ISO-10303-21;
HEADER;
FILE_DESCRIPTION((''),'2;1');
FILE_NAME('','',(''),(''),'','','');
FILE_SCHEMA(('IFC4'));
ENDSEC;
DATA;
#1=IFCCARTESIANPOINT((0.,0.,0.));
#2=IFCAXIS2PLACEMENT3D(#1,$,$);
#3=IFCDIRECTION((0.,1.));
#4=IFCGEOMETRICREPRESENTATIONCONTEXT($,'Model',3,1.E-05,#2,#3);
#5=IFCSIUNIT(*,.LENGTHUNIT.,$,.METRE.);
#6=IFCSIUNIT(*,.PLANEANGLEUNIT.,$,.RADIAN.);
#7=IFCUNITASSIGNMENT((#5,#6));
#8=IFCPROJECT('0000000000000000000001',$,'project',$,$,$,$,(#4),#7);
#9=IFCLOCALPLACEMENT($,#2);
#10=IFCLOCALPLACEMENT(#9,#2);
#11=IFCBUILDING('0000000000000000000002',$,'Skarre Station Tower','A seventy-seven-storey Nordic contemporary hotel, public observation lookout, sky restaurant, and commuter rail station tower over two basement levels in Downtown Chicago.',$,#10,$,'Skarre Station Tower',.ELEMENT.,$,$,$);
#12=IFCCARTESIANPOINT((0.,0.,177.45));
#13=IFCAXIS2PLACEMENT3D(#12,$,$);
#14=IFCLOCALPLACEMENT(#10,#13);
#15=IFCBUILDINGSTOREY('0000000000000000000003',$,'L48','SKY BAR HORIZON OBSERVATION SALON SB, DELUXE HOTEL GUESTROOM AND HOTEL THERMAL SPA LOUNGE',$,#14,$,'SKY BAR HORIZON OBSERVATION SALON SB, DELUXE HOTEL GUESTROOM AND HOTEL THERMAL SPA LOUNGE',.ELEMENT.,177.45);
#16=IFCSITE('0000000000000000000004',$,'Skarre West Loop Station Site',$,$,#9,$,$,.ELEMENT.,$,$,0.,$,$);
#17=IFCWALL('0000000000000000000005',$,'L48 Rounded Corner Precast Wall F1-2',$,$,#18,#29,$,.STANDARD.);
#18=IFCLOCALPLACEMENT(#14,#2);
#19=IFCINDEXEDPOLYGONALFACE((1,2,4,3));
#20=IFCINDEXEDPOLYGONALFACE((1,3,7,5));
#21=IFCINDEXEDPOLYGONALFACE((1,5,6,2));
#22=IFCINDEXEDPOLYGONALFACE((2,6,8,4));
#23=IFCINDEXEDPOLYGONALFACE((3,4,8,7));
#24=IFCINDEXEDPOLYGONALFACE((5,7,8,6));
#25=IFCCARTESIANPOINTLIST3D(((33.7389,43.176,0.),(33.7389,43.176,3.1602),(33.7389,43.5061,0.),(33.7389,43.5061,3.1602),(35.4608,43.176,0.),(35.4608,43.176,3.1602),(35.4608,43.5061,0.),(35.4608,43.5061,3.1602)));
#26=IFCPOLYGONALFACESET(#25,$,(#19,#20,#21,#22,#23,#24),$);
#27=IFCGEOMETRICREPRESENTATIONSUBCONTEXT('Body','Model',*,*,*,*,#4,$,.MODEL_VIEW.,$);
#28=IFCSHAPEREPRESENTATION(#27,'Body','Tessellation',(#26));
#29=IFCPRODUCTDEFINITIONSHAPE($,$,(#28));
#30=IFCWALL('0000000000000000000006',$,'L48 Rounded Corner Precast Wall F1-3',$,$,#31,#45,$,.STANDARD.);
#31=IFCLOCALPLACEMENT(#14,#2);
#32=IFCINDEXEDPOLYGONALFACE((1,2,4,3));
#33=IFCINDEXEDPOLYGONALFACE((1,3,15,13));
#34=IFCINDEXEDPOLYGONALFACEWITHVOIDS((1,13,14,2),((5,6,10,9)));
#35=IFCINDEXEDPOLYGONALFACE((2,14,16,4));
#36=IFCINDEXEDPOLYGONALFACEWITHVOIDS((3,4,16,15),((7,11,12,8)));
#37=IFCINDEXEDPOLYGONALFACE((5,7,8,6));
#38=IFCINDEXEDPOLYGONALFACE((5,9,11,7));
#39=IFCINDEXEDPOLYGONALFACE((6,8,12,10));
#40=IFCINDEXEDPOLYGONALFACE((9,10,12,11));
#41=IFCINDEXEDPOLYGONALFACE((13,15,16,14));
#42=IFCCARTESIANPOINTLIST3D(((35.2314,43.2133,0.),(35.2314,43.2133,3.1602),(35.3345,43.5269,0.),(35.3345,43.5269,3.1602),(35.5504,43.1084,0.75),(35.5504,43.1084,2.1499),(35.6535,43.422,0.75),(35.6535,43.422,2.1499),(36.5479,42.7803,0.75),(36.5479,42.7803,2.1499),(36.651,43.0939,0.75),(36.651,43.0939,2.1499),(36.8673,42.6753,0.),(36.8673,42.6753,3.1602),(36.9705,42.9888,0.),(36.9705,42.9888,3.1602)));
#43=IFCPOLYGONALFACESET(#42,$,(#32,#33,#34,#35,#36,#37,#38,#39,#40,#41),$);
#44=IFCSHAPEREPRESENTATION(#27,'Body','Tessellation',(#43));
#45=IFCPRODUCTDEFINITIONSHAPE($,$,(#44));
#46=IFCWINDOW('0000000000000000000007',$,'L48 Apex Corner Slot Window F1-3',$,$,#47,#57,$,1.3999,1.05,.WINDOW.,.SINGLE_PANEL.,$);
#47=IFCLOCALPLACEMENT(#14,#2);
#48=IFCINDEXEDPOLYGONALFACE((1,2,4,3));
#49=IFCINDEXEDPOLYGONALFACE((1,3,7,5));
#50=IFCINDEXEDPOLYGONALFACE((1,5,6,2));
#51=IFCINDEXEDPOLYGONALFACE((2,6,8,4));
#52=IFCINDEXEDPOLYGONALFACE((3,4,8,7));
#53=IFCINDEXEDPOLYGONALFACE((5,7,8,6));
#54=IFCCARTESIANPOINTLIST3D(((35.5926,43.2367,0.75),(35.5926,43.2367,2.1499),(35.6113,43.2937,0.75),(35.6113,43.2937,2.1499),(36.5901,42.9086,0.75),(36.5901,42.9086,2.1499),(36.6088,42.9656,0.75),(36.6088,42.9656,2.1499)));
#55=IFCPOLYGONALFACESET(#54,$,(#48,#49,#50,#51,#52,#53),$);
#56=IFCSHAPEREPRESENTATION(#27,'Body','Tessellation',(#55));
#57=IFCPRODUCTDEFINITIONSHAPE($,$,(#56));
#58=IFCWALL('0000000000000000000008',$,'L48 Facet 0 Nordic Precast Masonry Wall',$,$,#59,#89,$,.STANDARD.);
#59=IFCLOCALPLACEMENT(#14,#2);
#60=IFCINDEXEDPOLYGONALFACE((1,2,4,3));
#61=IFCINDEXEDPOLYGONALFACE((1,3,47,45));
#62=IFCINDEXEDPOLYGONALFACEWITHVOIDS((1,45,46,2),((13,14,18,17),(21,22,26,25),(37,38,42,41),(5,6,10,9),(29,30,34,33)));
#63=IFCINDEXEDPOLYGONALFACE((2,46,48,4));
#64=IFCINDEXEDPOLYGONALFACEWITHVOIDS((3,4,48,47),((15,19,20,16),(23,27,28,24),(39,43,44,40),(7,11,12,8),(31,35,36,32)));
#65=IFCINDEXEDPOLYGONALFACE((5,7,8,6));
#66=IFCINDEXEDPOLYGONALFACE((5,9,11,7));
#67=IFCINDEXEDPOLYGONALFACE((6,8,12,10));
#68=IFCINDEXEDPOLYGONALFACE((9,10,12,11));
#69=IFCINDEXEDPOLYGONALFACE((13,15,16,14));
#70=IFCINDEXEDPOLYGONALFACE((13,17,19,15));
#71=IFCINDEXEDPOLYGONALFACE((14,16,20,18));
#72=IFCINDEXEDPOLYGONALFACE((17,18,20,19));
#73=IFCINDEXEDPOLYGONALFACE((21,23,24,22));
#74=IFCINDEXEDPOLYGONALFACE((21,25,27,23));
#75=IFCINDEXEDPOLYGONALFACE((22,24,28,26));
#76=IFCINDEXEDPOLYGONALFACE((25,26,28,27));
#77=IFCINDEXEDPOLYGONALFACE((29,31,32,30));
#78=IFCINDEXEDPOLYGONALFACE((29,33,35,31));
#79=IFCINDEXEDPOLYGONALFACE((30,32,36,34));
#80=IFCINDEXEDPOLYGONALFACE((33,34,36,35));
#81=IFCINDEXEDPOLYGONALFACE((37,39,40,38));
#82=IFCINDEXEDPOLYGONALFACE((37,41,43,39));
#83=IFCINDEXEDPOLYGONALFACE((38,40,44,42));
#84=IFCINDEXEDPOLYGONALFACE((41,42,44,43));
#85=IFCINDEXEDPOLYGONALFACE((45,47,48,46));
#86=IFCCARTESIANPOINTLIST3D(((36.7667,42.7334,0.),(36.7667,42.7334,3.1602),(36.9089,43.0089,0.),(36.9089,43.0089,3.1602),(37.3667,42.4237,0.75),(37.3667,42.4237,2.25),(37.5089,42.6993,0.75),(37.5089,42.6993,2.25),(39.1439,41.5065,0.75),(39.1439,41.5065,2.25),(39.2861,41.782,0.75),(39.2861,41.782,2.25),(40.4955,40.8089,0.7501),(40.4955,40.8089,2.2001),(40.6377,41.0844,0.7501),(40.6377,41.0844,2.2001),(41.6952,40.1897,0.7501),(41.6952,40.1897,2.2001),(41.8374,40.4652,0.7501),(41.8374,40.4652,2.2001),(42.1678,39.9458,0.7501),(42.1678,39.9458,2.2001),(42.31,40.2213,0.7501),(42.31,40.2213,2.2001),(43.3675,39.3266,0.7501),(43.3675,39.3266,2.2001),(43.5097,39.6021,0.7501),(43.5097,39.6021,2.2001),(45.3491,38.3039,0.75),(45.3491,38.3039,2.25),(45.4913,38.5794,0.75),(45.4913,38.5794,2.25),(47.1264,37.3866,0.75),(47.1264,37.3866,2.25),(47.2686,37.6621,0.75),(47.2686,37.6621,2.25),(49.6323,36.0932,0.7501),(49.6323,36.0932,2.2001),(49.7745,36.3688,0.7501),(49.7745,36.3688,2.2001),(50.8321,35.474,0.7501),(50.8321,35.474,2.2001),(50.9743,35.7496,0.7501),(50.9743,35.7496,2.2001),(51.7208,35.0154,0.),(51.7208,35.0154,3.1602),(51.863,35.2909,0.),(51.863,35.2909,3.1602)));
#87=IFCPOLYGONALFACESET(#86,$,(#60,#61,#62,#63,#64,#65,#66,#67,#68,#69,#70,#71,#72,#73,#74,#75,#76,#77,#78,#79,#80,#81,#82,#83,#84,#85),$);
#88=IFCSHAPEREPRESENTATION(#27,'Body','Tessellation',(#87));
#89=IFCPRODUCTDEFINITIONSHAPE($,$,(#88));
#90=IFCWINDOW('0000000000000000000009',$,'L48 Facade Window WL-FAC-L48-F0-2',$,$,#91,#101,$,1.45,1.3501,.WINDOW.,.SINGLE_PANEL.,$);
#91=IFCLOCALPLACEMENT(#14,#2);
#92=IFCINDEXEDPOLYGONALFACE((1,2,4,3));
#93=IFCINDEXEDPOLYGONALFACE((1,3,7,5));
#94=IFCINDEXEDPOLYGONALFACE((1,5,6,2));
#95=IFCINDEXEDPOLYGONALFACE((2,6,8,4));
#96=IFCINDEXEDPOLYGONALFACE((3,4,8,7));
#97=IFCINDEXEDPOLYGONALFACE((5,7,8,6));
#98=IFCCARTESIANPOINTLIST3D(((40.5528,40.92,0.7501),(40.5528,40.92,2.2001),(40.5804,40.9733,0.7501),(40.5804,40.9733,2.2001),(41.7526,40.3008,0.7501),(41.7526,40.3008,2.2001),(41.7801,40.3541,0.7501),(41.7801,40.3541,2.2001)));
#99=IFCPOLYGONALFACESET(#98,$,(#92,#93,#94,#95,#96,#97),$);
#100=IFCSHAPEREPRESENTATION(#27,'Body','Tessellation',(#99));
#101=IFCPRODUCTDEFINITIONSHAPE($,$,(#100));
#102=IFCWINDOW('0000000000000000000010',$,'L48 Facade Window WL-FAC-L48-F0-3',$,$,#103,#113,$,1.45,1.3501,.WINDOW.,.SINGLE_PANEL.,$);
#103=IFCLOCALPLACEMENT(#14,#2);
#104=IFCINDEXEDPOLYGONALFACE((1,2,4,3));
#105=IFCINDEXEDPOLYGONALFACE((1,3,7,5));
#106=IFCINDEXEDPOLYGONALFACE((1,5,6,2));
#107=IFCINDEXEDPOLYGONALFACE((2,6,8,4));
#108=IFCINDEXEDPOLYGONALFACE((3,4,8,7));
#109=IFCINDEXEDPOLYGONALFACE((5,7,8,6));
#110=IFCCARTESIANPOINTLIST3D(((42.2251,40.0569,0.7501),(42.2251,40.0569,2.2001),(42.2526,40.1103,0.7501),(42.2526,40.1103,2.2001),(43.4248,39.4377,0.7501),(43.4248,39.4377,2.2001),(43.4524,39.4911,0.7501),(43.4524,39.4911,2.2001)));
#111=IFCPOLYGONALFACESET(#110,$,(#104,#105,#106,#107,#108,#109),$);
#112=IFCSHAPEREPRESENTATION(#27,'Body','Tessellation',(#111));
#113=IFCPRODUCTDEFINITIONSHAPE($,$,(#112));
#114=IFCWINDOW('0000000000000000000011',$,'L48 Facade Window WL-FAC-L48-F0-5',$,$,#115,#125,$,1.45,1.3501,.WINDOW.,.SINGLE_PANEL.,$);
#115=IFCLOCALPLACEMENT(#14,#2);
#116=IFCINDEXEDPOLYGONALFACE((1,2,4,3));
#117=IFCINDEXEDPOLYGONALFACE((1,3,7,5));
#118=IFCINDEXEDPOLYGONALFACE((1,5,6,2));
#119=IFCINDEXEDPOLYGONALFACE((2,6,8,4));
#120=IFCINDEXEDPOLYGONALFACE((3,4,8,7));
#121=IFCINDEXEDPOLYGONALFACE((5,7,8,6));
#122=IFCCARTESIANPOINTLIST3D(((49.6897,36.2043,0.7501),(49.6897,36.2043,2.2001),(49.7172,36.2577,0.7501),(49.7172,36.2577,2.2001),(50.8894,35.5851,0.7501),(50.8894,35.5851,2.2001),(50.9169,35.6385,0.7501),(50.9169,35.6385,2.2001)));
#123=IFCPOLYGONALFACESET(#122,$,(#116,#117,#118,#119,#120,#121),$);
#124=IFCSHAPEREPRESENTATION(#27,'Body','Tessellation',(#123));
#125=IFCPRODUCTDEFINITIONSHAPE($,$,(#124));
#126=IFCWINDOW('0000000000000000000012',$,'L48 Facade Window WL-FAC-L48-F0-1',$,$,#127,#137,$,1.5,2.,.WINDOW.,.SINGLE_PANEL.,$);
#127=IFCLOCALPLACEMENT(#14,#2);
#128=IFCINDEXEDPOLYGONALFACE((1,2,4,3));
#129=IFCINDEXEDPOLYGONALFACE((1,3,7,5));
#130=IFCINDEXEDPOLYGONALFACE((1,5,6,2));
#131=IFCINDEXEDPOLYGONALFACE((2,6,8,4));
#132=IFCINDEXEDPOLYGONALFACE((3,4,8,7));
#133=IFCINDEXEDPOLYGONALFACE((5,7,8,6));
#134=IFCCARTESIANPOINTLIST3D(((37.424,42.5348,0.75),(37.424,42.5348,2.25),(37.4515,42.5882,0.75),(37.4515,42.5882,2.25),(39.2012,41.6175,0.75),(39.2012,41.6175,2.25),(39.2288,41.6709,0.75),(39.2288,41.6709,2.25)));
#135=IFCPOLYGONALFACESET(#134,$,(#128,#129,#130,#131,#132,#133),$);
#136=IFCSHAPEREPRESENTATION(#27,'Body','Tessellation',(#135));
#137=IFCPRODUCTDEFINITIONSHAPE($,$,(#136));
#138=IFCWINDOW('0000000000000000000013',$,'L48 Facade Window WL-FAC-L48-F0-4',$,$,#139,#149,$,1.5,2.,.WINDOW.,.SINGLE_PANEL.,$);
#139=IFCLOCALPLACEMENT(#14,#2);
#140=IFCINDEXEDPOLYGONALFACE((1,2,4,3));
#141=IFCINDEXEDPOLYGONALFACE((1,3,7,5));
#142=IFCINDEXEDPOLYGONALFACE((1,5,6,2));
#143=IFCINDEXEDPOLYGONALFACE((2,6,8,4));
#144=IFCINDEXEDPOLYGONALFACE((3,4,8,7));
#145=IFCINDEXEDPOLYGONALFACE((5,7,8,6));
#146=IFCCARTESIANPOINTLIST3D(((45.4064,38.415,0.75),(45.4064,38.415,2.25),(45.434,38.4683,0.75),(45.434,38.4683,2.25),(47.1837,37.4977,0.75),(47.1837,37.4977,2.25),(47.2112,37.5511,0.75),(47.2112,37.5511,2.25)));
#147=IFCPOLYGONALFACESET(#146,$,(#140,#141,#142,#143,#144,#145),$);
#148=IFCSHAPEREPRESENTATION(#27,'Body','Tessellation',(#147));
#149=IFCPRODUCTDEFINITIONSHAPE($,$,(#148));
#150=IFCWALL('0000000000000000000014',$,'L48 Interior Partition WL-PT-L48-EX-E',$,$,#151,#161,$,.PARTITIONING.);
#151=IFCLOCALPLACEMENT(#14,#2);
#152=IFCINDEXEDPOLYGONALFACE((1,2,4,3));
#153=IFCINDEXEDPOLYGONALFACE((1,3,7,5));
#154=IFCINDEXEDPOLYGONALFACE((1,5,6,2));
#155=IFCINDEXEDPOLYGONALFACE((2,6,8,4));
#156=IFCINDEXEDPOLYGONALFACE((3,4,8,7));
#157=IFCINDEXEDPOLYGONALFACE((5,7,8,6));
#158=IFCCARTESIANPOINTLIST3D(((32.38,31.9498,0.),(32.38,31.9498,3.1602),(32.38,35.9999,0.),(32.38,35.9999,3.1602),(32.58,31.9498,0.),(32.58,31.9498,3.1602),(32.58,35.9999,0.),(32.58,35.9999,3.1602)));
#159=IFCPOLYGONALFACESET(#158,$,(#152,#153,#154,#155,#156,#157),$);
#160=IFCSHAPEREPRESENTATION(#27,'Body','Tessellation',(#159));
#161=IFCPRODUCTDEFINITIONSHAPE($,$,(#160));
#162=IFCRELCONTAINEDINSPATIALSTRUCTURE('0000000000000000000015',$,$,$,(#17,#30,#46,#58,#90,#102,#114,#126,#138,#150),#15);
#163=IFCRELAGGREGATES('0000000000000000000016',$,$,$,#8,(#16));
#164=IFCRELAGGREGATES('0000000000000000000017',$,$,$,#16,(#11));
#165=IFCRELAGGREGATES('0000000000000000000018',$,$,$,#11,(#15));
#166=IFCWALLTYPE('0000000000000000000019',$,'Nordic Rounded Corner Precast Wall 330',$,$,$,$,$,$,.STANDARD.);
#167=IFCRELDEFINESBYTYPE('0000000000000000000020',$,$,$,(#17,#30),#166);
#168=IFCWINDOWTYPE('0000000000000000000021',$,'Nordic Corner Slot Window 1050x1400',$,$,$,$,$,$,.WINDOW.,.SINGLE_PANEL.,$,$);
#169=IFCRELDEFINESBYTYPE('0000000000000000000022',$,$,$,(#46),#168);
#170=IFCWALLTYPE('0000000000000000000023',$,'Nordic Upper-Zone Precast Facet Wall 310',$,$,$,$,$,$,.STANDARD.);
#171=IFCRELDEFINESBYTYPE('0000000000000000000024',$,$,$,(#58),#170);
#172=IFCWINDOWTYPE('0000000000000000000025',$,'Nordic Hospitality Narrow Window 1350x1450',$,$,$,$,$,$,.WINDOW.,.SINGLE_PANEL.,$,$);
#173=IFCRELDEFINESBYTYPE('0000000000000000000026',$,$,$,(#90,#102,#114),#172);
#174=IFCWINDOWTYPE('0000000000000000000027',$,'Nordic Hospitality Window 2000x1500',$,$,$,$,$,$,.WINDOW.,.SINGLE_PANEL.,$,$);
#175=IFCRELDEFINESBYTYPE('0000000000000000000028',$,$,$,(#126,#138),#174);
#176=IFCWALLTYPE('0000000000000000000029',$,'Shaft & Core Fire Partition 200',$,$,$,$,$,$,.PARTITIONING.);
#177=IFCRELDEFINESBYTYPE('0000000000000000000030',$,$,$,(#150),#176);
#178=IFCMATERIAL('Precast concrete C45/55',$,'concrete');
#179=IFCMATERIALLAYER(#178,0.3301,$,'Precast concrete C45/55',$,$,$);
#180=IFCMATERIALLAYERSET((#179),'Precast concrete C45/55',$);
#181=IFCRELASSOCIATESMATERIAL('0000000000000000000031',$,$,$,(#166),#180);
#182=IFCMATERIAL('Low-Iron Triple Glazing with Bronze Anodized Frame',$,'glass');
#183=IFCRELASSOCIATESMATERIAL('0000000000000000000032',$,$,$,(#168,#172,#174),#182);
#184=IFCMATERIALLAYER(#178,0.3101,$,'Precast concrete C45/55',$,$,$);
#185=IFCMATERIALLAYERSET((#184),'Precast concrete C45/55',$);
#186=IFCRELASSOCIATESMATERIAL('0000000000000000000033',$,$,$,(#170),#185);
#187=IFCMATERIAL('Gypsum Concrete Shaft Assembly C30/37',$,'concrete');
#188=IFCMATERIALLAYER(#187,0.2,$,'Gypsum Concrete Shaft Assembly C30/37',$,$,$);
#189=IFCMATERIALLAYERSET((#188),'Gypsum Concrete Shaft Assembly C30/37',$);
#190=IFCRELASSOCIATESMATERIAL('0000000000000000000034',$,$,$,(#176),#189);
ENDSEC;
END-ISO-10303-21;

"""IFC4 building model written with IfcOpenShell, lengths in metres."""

from ifc_helpers import new_model, si_unit, direction, frame, frame_2d, origin, place, context, subcontext, project, spatial, rectangle, extrude, material, layer, layer_set, type_object, element, fill, save


model = new_model("IFC4")

# Units and contexts
model_context = context("Model", 3, precision=1e-05, world=origin(), true_north=direction((0.0, 1.0)))
body_context = subcontext(model_context, "Body", "Model", "MODEL_VIEW")
ifc_project = project(units=[si_unit("LENGTHUNIT", "METRE"), si_unit("PLANEANGLEUNIT", "RADIAN")], contexts=[model_context])

# Site, building, storey
site_placement = place(None, origin())
site = spatial("IfcSite", under=ifc_project, at=site_placement, Name="Skarre West Loop Station Site", CompositionType="ELEMENT", RefElevation=0.0)
building_placement = place(site_placement, origin())
building = spatial("IfcBuilding", under=site, at=building_placement, Name="Skarre Station Tower", Description="A seventy-seven-storey Nordic contemporary hotel, public observation lookout, sky restaurant, and commuter rail station tower over two basement levels in Downtown Chicago.", LongName="Skarre Station Tower", CompositionType="ELEMENT")
storey_placement = place(building_placement, frame((0.0, 0.0, 177.45)))
storey = spatial("IfcBuildingStorey", under=building, at=storey_placement, Name="L48", Description="SKY BAR HORIZON OBSERVATION SALON SB, DELUXE HOTEL GUESTROOM AND HOTEL THERMAL SPA LOUNGE", LongName="SKY BAR HORIZON OBSERVATION SALON SB, DELUXE HOTEL GUESTROOM AND HOTEL THERMAL SPA LOUNGE", CompositionType="ELEMENT", Elevation=177.45)

# Wall
ifc_material_1 = material(Name="Precast concrete C45/55", Category="concrete")
ifc_layer_1 = layer(ifc_material_1, 0.3301, Name="Precast concrete C45/55")
ifc_layer_set_1 = layer_set([ifc_layer_1], Name="Precast concrete C45/55")
wall_type_1 = type_object("IfcWallType", Name="Nordic Rounded Corner Precast Wall 330", PredefinedType="STANDARD", material=ifc_layer_set_1)
wall_1_placement = place(storey_placement, frame((33.739, 43.3411, 0.0), z_axis=(0.0, 0.0, 1.0), x_axis=(1.0, 0.0, 0.0)))
element("IfcWall", 1, at=wall_1_placement, inside=storey, type_object=wall_type_1, Name="L48 Rounded Corner Precast Wall F1-2", PredefinedType="STANDARD", context=body_context, shape_type="SweptSolid", body=[
    extrude(rectangle(XDim=1.7219, YDim=0.3301, at=frame_2d((0.8608, 0.0))), origin(), (0.0, 0.0, 1.0), 3.1602),
])

# Wall, opening, window
wall_2_placement = place(storey_placement, frame((35.283, 43.3701, 0.0), z_axis=(0.0, 0.0, 1.0), x_axis=(0.949937, -0.31244, 0.0)))
wall_2 = element("IfcWall", 2, at=wall_2_placement, inside=storey, type_object=wall_type_1, Name="L48 Rounded Corner Precast Wall F1-3", PredefinedType="STANDARD", context=body_context, shape_type="SweptSolid", body=[
    extrude(rectangle(XDim=1.7222, YDim=0.3301, at=frame_2d((0.8611, 0.0))), origin(), (0.0, 0.0, 1.0), 3.1602),
])
opening_1_placement = place(wall_2_placement, frame((0.3359, 0.0, 0.75)))
opening_1 = element("IfcOpeningElement", 3, at=opening_1_placement, cuts=wall_2, PredefinedType="OPENING", context=body_context, shape_type="SweptSolid", body=[
    extrude(rectangle(XDim=1.05, YDim=1.3999, at=frame_2d((0.5249, 0.7))), frame((0.0, 0.175, 0.0), z_axis=(0.0, -1.0, 0.0), x_axis=(1.0, 0.0, 0.0)), (0.0, 0.0, 1.0), 0.3501),
])
ifc_material_2 = material(Name="Low-Iron Triple Glazing with Bronze Anodized Frame", Category="glass")
window_type_1 = type_object("IfcWindowType", Name="Nordic Corner Slot Window 1050x1400", PartitioningType="SINGLE_PANEL", PredefinedType="WINDOW", material=ifc_material_2)
window_1_placement = place(opening_1_placement, origin())
window_1 = element("IfcWindow", 4, at=window_1_placement, inside=storey, type_object=window_type_1, Name="L48 Apex Corner Slot Window F1-3", OverallHeight=1.3999, OverallWidth=1.05, PartitioningType="SINGLE_PANEL", PredefinedType="WINDOW", context=body_context, shape_type="SweptSolid", body=[
    extrude(rectangle(XDim=1.05, YDim=1.3999, at=frame_2d((0.5249, 0.7))), frame((0.0, 0.03, 0.0), z_axis=(0.0, -1.0, 0.0), x_axis=(1.0, 0.0, 0.0)), (0.0, 0.0, 1.0), 0.0601),
])
fill(opening_1, window_1)

# Wall, openings, windows
ifc_layer_2 = layer(ifc_material_1, 0.3101, Name="Precast concrete C45/55")
ifc_layer_set_2 = layer_set([ifc_layer_2], Name="Precast concrete C45/55")
wall_type_2 = type_object("IfcWallType", Name="Nordic Upper-Zone Precast Facet Wall 310", PredefinedType="STANDARD", material=ifc_layer_set_2)
wall_3_placement = place(storey_placement, frame((36.8379, 42.8711, 0.0), z_axis=(0.0, 0.0, 1.0), x_axis=(0.888626, -0.458632, 0.0)))
wall_3 = element("IfcWall", 5, at=wall_3_placement, inside=storey, type_object=wall_type_2, Name="L48 Facet 0 Nordic Precast Masonry Wall", PredefinedType="STANDARD", context=body_context, shape_type="SweptSolid", body=[
    extrude(rectangle(XDim=16.8284, YDim=0.3101, at=frame_2d((8.4141, 0.0))), origin(), (0.0, 0.0, 1.0), 3.1602),
])
opening_2_placement = place(wall_3_placement, frame((0.675, 0.0, 0.75)))
opening_2 = element("IfcOpeningElement", 6, at=opening_2_placement, cuts=wall_3, PredefinedType="OPENING", context=body_context, shape_type="SweptSolid", body=[
    extrude(rectangle(XDim=2.0, YDim=1.5, at=frame_2d((1.0, 0.75))), frame((0.0, 0.165, 0.0), z_axis=(0.0, -1.0, 0.0), x_axis=(1.0, 0.0, 0.0)), (0.0, 0.0, 1.0), 0.3301),
])
opening_3_placement = place(wall_3_placement, frame((4.196, 0.0, 0.75)))
opening_3 = element("IfcOpeningElement", 7, at=opening_3_placement, cuts=wall_3, PredefinedType="OPENING", context=body_context, shape_type="SweptSolid", body=[
    extrude(rectangle(XDim=1.3501, YDim=1.45, at=frame_2d((0.675, 0.7251))), frame((0.0, 0.165, 0.0), z_axis=(0.0, -1.0, 0.0), x_axis=(1.0, 0.0, 0.0)), (0.0, 0.0, 1.0), 0.3301),
])
opening_4_placement = place(wall_3_placement, frame((6.0779, 0.0, 0.75)))
opening_4 = element("IfcOpeningElement", 8, at=opening_4_placement, cuts=wall_3, PredefinedType="OPENING", context=body_context, shape_type="SweptSolid", body=[
    extrude(rectangle(XDim=1.3501, YDim=1.45, at=frame_2d((0.675, 0.7251))), frame((0.0, 0.165, 0.0), z_axis=(0.0, -1.0, 0.0), x_axis=(1.0, 0.0, 0.0)), (0.0, 0.0, 1.0), 0.3301),
])
opening_5_placement = place(wall_3_placement, frame((9.658, 0.0, 0.75)))
opening_5 = element("IfcOpeningElement", 9, at=opening_5_placement, cuts=wall_3, PredefinedType="OPENING", context=body_context, shape_type="SweptSolid", body=[
    extrude(rectangle(XDim=2.0, YDim=1.5, at=frame_2d((1.0, 0.75))), frame((0.0, 0.165, 0.0), z_axis=(0.0, -1.0, 0.0), x_axis=(1.0, 0.0, 0.0)), (0.0, 0.0, 1.0), 0.3301),
])
opening_6_placement = place(wall_3_placement, frame((14.478, 0.0, 0.75)))
opening_6 = element("IfcOpeningElement", 10, at=opening_6_placement, cuts=wall_3, PredefinedType="OPENING", context=body_context, shape_type="SweptSolid", body=[
    extrude(rectangle(XDim=1.3501, YDim=1.45, at=frame_2d((0.675, 0.7251))), frame((0.0, 0.165, 0.0), z_axis=(0.0, -1.0, 0.0), x_axis=(1.0, 0.0, 0.0)), (0.0, 0.0, 1.0), 0.3301),
])
window_type_2 = type_object("IfcWindowType", Name="Nordic Hospitality Narrow Window 1350x1450", PartitioningType="SINGLE_PANEL", PredefinedType="WINDOW", material=ifc_material_2)
window_2_placement = place(opening_3_placement, origin())
window_2 = element("IfcWindow", 11, at=window_2_placement, inside=storey, type_object=window_type_2, Name="L48 Facade Window WL-FAC-L48-F0-2", OverallHeight=1.45, OverallWidth=1.3501, PartitioningType="SINGLE_PANEL", PredefinedType="WINDOW", context=body_context, shape_type="SweptSolid", body=[
    extrude(rectangle(XDim=1.3501, YDim=1.45, at=frame_2d((0.675, 0.7251))), frame((0.0, 0.03, 0.0), z_axis=(0.0, -1.0, 0.0), x_axis=(1.0, 0.0, 0.0)), (0.0, 0.0, 1.0), 0.0601),
])
fill(opening_3, window_2)
window_3_placement = place(opening_4_placement, origin())
window_3 = element("IfcWindow", 12, at=window_3_placement, inside=storey, type_object=window_type_2, Name="L48 Facade Window WL-FAC-L48-F0-3", OverallHeight=1.45, OverallWidth=1.3501, PartitioningType="SINGLE_PANEL", PredefinedType="WINDOW", context=body_context, shape_type="SweptSolid", body=[
    extrude(rectangle(XDim=1.3501, YDim=1.45, at=frame_2d((0.675, 0.7251))), frame((0.0, 0.03, 0.0), z_axis=(0.0, -1.0, 0.0), x_axis=(1.0, 0.0, 0.0)), (0.0, 0.0, 1.0), 0.0601),
])
fill(opening_4, window_3)
window_4_placement = place(opening_6_placement, origin())
window_4 = element("IfcWindow", 13, at=window_4_placement, inside=storey, type_object=window_type_2, Name="L48 Facade Window WL-FAC-L48-F0-5", OverallHeight=1.45, OverallWidth=1.3501, PartitioningType="SINGLE_PANEL", PredefinedType="WINDOW", context=body_context, shape_type="SweptSolid", body=[
    extrude(rectangle(XDim=1.3501, YDim=1.45, at=frame_2d((0.675, 0.7251))), frame((0.0, 0.03, 0.0), z_axis=(0.0, -1.0, 0.0), x_axis=(1.0, 0.0, 0.0)), (0.0, 0.0, 1.0), 0.0601),
])
fill(opening_6, window_4)
window_type_3 = type_object("IfcWindowType", Name="Nordic Hospitality Window 2000x1500", PartitioningType="SINGLE_PANEL", PredefinedType="WINDOW", material=ifc_material_2)
window_5_placement = place(opening_2_placement, origin())
window_5 = element("IfcWindow", 14, at=window_5_placement, inside=storey, type_object=window_type_3, Name="L48 Facade Window WL-FAC-L48-F0-1", OverallHeight=1.5, OverallWidth=2.0, PartitioningType="SINGLE_PANEL", PredefinedType="WINDOW", context=body_context, shape_type="SweptSolid", body=[
    extrude(rectangle(XDim=2.0, YDim=1.5, at=frame_2d((1.0, 0.75))), frame((0.0, 0.03, 0.0), z_axis=(0.0, -1.0, 0.0), x_axis=(1.0, 0.0, 0.0)), (0.0, 0.0, 1.0), 0.0601),
])
fill(opening_2, window_5)
window_6_placement = place(opening_5_placement, origin())
window_6 = element("IfcWindow", 15, at=window_6_placement, inside=storey, type_object=window_type_3, Name="L48 Facade Window WL-FAC-L48-F0-4", OverallHeight=1.5, OverallWidth=2.0, PartitioningType="SINGLE_PANEL", PredefinedType="WINDOW", context=body_context, shape_type="SweptSolid", body=[
    extrude(rectangle(XDim=2.0, YDim=1.5, at=frame_2d((1.0, 0.75))), frame((0.0, 0.03, 0.0), z_axis=(0.0, -1.0, 0.0), x_axis=(1.0, 0.0, 0.0)), (0.0, 0.0, 1.0), 0.0601),
])
fill(opening_5, window_6)

# Wall
ifc_material_3 = material(Name="Gypsum Concrete Shaft Assembly C30/37", Category="concrete")
ifc_layer_3 = layer(ifc_material_3, 0.2, Name="Gypsum Concrete Shaft Assembly C30/37")
ifc_layer_set_3 = layer_set([ifc_layer_3], Name="Gypsum Concrete Shaft Assembly C30/37")
wall_type_3 = type_object("IfcWallType", Name="Shaft & Core Fire Partition 200", PredefinedType="PARTITIONING", material=ifc_layer_set_3)
wall_4_placement = place(storey_placement, frame((32.48, 31.95, 0.0), z_axis=(0.0, 0.0, 1.0), x_axis=(0.0, 1.0, 0.0)))
element("IfcWall", 16, at=wall_4_placement, inside=storey, type_object=wall_type_3, Name="L48 Interior Partition WL-PT-L48-EX-E", PredefinedType="PARTITIONING", context=body_context, shape_type="SweptSolid", body=[
    extrude(rectangle(XDim=4.05, YDim=0.2, at=frame_2d((2.0249, 0.0))), origin(), (0.0, 0.0, 1.0), 3.1602),
])

save(model, "model.ifc")
